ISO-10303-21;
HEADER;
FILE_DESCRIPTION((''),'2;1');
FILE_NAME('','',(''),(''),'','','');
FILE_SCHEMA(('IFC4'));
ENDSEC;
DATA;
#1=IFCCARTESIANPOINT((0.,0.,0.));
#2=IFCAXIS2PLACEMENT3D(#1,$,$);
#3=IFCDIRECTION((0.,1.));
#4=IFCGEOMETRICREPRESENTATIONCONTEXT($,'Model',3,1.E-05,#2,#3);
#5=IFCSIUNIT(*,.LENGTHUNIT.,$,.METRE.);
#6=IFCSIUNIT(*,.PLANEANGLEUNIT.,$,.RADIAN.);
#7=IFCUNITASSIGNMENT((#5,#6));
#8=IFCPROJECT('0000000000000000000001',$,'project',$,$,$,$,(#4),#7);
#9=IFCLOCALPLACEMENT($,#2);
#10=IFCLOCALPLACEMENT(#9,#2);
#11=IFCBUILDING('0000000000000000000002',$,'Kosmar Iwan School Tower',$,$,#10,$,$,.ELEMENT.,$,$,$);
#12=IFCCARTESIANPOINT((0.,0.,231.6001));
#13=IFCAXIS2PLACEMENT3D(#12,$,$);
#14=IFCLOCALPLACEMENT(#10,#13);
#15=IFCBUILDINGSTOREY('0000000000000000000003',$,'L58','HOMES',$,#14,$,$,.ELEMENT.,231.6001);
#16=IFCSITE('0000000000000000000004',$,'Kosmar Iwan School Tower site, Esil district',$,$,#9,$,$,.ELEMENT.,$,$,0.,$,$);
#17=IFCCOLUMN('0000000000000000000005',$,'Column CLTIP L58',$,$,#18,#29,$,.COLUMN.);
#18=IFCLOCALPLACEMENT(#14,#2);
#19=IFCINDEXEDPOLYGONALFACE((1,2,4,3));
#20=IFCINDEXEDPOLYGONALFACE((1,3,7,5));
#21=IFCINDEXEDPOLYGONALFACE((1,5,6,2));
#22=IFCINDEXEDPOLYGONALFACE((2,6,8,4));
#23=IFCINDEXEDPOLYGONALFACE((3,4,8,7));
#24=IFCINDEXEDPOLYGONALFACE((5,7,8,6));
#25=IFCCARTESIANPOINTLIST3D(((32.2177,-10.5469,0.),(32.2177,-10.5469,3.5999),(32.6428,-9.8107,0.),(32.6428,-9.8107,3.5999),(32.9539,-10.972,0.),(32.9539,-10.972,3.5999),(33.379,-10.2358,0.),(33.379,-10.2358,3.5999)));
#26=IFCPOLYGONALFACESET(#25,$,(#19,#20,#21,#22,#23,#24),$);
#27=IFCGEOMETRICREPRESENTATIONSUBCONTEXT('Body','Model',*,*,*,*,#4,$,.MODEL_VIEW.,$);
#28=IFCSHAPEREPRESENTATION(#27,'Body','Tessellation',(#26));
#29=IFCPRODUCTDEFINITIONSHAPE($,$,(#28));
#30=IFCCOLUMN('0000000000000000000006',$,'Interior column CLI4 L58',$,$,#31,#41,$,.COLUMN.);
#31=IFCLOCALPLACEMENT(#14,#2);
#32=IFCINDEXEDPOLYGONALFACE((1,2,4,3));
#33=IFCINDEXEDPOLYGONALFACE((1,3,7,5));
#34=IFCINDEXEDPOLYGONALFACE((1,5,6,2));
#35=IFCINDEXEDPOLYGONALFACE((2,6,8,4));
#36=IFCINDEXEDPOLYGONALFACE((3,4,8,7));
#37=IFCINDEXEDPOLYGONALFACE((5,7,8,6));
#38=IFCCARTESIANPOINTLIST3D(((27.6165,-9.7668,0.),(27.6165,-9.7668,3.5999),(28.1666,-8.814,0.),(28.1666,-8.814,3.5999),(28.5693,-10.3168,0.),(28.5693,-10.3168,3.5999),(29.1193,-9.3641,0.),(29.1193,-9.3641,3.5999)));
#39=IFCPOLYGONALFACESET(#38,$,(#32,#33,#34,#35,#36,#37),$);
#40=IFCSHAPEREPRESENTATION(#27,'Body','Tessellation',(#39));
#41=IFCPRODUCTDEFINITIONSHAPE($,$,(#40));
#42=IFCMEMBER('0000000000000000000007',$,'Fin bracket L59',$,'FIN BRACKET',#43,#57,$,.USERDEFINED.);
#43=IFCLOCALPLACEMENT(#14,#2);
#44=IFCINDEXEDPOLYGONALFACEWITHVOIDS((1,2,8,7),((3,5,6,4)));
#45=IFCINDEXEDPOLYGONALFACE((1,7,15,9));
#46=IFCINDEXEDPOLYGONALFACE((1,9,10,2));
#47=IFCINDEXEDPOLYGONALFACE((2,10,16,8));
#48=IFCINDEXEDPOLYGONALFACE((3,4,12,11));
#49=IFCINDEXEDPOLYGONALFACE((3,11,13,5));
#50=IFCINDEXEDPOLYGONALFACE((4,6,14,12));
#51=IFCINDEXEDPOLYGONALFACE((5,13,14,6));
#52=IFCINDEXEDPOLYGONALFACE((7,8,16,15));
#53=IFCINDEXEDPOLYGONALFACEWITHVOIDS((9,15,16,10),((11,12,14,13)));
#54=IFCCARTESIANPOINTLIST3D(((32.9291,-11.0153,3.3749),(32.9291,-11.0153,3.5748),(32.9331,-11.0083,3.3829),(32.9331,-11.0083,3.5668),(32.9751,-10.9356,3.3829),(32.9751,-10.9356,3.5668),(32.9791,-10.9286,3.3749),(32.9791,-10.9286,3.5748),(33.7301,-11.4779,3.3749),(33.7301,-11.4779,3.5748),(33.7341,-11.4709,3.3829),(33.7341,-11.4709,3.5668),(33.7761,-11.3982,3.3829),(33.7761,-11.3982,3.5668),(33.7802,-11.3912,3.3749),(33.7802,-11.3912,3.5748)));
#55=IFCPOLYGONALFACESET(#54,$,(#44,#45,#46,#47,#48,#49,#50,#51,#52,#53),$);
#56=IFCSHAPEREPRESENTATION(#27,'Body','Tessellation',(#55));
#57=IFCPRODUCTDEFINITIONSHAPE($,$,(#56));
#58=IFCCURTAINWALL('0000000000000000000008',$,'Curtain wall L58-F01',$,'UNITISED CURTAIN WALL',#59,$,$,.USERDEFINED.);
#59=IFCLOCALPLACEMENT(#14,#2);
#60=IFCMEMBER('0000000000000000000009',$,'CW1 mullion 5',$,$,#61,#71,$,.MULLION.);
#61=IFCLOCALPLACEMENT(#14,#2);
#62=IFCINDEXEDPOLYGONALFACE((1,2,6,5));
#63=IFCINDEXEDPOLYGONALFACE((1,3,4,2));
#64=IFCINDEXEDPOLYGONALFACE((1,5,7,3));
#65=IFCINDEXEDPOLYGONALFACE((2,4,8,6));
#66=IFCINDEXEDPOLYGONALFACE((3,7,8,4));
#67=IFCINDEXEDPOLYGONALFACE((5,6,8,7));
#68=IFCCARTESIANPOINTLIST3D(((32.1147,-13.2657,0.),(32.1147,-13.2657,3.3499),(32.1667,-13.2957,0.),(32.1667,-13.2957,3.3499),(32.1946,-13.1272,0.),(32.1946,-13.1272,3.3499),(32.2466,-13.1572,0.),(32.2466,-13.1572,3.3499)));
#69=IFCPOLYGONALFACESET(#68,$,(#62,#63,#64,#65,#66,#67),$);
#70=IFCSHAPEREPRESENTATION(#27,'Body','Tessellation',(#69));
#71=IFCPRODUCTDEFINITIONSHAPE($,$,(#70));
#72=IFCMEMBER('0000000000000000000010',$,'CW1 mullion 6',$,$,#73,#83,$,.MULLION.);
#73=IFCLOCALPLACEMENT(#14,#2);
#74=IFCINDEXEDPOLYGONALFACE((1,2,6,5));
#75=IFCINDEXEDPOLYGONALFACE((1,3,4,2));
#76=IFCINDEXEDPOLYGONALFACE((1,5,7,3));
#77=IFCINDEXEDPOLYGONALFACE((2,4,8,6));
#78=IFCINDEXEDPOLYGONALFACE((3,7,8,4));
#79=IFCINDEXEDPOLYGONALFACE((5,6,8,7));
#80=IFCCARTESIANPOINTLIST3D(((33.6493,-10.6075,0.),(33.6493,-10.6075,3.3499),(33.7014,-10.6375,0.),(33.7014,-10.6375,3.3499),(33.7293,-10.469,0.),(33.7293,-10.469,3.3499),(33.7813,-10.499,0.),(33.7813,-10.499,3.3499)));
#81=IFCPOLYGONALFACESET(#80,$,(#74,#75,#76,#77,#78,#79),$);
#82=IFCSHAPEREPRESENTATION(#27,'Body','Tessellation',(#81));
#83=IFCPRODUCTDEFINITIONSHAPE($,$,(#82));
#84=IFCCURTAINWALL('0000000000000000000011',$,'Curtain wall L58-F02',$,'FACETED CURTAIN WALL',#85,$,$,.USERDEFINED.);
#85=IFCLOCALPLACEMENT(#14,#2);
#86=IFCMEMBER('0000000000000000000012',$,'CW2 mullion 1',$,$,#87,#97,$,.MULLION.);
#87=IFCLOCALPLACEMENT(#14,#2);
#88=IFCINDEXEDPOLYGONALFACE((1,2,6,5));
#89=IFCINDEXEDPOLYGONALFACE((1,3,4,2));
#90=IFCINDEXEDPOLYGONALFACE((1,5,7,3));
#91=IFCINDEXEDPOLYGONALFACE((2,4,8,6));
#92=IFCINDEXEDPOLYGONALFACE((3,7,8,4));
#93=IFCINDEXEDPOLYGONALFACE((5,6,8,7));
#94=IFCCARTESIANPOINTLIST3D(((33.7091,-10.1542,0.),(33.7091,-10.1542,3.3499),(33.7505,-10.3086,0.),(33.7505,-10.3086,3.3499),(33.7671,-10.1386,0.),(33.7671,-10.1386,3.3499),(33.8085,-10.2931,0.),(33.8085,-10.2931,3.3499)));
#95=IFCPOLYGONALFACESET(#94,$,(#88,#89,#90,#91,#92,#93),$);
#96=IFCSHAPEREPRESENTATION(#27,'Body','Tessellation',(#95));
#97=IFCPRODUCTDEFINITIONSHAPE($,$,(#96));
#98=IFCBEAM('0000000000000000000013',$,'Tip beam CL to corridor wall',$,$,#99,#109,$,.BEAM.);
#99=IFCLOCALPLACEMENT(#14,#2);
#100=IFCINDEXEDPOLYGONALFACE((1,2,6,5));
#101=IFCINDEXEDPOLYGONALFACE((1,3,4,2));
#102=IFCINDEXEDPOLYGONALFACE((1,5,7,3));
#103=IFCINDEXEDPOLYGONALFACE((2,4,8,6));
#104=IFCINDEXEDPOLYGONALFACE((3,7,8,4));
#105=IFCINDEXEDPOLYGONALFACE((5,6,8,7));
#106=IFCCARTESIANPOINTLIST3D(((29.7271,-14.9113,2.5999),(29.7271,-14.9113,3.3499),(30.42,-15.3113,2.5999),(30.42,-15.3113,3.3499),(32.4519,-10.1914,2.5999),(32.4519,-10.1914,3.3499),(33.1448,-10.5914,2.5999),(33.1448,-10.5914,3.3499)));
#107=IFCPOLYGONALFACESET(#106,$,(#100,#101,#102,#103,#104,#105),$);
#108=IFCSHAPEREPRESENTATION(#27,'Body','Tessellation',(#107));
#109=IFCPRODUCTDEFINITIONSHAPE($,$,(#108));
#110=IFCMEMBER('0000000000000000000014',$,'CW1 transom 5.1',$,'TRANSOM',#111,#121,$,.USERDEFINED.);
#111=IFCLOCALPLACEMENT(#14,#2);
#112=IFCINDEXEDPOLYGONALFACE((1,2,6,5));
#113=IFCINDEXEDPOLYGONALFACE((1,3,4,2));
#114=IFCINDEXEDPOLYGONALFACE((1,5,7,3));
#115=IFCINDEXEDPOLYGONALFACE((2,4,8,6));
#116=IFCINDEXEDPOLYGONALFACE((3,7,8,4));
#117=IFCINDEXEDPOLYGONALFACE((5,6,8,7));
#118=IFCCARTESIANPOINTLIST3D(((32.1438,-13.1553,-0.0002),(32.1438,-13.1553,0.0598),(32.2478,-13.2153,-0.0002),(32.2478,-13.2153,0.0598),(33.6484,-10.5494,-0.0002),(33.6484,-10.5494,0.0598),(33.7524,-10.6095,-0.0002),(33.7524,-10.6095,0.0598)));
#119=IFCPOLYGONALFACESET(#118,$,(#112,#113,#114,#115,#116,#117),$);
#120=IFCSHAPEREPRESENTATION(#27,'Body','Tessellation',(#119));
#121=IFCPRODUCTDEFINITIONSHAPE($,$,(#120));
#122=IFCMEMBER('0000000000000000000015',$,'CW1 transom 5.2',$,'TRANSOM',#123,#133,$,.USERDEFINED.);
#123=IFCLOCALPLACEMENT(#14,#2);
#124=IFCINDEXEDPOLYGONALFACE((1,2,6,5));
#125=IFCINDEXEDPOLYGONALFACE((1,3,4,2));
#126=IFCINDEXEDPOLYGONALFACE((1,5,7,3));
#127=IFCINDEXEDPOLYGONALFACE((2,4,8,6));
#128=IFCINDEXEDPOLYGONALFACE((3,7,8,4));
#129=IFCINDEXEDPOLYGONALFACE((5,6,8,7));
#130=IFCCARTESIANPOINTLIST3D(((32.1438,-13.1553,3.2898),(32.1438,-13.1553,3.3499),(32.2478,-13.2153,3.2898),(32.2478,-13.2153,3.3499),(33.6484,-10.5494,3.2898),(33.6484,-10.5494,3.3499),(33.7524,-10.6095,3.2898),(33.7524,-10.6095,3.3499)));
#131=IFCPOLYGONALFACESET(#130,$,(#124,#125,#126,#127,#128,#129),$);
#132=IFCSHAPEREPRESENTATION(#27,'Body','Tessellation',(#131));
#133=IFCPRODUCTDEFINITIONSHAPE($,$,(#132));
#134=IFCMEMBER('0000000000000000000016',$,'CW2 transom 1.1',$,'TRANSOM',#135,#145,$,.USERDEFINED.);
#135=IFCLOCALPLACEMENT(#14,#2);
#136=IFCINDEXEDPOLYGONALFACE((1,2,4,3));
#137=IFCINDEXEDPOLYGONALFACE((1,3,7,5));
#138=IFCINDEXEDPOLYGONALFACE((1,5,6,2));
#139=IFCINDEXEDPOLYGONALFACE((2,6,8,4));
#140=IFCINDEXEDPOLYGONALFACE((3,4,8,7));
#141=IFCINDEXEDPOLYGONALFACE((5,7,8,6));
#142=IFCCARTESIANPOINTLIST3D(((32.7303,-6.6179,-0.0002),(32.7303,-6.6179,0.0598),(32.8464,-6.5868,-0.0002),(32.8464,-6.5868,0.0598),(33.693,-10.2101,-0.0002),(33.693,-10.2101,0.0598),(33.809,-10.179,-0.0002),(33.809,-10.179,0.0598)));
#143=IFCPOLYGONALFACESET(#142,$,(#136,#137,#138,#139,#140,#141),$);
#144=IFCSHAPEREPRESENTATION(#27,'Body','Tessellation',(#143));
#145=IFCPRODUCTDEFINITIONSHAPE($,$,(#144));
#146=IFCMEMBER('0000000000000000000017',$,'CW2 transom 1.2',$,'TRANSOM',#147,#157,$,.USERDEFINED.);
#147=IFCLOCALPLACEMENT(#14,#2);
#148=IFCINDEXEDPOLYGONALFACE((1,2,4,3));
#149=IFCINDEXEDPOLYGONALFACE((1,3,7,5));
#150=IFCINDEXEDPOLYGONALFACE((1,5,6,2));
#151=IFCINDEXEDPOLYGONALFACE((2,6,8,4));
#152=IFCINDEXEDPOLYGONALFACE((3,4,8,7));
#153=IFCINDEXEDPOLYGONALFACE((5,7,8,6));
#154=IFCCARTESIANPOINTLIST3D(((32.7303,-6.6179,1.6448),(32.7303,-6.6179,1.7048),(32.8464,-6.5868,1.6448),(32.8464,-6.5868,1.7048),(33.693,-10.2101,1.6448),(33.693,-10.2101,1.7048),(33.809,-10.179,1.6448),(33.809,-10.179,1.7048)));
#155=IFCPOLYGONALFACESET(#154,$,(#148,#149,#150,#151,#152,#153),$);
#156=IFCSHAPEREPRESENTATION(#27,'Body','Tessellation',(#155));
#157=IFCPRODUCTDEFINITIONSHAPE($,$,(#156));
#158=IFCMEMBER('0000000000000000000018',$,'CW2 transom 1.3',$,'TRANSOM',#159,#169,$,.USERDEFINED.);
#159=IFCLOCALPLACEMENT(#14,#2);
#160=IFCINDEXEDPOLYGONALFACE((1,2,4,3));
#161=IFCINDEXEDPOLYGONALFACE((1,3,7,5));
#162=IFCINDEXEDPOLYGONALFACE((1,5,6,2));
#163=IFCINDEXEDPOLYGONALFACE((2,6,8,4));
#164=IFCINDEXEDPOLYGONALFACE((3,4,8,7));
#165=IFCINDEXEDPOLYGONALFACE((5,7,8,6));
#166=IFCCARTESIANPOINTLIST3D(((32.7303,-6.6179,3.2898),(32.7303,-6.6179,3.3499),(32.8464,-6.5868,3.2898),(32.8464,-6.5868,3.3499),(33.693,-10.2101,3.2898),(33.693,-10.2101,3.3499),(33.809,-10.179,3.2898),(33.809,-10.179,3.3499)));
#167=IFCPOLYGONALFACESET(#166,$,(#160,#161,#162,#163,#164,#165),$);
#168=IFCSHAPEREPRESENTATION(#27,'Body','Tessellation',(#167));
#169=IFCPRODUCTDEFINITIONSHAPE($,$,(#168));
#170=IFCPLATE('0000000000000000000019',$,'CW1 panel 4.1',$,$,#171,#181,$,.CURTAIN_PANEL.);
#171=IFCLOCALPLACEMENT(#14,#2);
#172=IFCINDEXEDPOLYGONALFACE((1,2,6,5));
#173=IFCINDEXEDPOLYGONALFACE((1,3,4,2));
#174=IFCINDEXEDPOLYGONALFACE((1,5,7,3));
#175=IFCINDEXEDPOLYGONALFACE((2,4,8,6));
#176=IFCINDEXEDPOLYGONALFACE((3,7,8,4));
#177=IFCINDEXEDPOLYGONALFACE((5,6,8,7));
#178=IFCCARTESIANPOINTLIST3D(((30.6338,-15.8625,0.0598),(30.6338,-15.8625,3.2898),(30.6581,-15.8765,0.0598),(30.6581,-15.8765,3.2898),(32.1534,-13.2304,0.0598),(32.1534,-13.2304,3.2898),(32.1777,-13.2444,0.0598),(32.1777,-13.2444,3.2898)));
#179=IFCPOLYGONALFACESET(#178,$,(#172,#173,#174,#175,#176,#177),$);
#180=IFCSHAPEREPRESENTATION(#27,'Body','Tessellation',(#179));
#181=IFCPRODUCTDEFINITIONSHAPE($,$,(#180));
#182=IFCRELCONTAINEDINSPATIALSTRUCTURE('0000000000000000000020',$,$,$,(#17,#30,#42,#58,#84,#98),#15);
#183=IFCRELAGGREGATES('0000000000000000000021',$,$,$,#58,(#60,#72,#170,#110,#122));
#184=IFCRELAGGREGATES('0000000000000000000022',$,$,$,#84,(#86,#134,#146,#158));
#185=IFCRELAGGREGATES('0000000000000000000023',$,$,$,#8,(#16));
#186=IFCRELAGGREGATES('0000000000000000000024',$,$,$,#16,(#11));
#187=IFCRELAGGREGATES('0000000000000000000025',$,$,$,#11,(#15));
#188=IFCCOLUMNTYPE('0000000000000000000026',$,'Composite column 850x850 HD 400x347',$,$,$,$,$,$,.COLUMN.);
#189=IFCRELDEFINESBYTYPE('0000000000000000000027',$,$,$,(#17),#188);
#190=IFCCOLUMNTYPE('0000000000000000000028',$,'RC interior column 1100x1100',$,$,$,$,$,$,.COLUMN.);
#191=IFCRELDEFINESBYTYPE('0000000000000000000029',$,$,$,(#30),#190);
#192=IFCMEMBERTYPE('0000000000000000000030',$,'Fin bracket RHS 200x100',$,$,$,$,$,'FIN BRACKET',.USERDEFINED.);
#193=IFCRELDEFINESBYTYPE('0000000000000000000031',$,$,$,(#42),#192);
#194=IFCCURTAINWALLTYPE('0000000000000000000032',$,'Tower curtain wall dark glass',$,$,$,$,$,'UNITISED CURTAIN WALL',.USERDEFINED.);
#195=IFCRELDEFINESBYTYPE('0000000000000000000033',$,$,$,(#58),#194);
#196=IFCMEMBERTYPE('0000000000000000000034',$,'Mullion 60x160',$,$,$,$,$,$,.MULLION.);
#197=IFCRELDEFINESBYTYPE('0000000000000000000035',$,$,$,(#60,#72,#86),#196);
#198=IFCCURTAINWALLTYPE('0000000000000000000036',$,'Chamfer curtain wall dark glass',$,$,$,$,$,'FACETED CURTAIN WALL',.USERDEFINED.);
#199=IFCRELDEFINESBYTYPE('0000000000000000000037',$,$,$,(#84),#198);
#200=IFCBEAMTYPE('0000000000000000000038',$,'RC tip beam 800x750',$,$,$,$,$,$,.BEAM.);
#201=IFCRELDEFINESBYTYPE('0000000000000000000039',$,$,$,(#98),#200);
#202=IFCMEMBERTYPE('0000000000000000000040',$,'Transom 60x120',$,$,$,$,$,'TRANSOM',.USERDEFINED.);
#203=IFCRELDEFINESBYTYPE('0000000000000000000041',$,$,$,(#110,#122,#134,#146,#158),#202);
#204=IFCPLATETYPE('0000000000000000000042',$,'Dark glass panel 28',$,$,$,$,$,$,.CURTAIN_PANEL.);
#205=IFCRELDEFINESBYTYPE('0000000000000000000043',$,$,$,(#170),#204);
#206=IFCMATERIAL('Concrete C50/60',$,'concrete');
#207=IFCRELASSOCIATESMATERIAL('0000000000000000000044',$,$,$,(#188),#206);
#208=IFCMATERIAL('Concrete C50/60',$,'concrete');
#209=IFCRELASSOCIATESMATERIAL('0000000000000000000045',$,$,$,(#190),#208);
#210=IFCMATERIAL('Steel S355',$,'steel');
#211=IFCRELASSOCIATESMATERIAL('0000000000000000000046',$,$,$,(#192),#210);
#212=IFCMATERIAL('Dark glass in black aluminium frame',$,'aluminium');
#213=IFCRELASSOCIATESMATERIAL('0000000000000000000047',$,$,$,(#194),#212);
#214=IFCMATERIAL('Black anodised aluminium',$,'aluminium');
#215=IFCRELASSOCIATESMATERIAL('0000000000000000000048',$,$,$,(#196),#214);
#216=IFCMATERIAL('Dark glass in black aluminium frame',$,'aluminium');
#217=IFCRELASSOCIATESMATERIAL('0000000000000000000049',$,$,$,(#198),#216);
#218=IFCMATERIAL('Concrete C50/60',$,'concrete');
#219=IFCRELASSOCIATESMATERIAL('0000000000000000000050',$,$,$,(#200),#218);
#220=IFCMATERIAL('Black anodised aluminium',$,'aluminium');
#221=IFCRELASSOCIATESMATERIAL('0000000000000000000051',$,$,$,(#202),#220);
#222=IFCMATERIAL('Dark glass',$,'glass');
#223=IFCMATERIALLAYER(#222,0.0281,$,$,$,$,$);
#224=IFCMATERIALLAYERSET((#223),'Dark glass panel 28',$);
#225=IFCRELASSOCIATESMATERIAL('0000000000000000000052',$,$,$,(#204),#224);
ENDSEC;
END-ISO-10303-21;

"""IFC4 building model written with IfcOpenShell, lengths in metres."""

from ifc_helpers import new_model, si_unit, direction, frame, origin, origin_2d, place, context, subcontext, project, spatial, rectangle, hollow_rectangle, extrude, material, layer, layer_set, material_profile, profile_set, type_object, element, aggregate, save


model = new_model("IFC4")

# Units and contexts
model_context = context("Model", 3, precision=1e-05, world=origin(), true_north=direction((0.0, 1.0)))
body_context = subcontext(model_context, "Body", "Model", "MODEL_VIEW")
ifc_project = project(units=[si_unit("LENGTHUNIT", "METRE"), si_unit("PLANEANGLEUNIT", "RADIAN")], contexts=[model_context])

# Site, building, storey
site_placement = place(None, origin())
site = spatial("IfcSite", under=ifc_project, at=site_placement, Name="Kosmar Iwan School Tower site, Esil district", CompositionType="ELEMENT", RefElevation=0.0)
building_placement = place(site_placement, origin())
building = spatial("IfcBuilding", under=site, at=building_placement, Name="Kosmar Iwan School Tower", CompositionType="ELEMENT")
storey_placement = place(building_placement, frame((0.0, 0.0, 231.6001)))
storey = spatial("IfcBuildingStorey", under=building, at=storey_placement, Name="L58", Description="HOMES", CompositionType="ELEMENT", Elevation=231.6001)

# Columns
ifc_material_1 = material(Name="Concrete C50/60", Category="concrete")
ifc_material_profile_1 = material_profile(ifc_material_1, rectangle(XDim=0.8501, YDim=0.8501, at=origin_2d()), Name="RC 850x850 + HD 400x347")
ifc_profile_set_1 = profile_set([ifc_material_profile_1], Name="Concrete C50/60")
column_type_1 = type_object("IfcColumnType", Name="Composite column 850x850 HD 400x347", PredefinedType="COLUMN", material=ifc_profile_set_1)
column_1_placement = place(storey_placement, frame((32.7983, -10.3914, 0.0), z_axis=(0.0, 0.0, 1.0), x_axis=(0.866025, -0.5, 0.0)))
element("IfcColumn", 1, at=column_1_placement, inside=storey, type_object=column_type_1, Name="Column CLTIP L58", PredefinedType="COLUMN", context=body_context, shape_type="SweptSolid", body=[
    extrude(rectangle(XDim=0.8501, YDim=0.8501, at=origin_2d()), origin(), (0.0, 0.0, 1.0), 3.5999),
])
ifc_material_2 = material(Name="Concrete C50/60", Category="concrete")
ifc_material_profile_2 = material_profile(ifc_material_2, rectangle(XDim=1.1001, YDim=1.1001, at=origin_2d()), Name="RC 1100x1100")
ifc_profile_set_2 = profile_set([ifc_material_profile_2], Name="Concrete C50/60")
column_type_2 = type_object("IfcColumnType", Name="RC interior column 1100x1100", PredefinedType="COLUMN", material=ifc_profile_set_2)
column_2_placement = place(storey_placement, frame((28.3679, -9.5654, 0.0), z_axis=(0.0, 0.0, 1.0), x_axis=(0.866025, -0.5, 0.0)))
element("IfcColumn", 2, at=column_2_placement, inside=storey, type_object=column_type_2, Name="Interior column CLI4 L58", PredefinedType="COLUMN", context=body_context, shape_type="SweptSolid", body=[
    extrude(rectangle(XDim=1.1001, YDim=1.1001, at=origin_2d()), origin(), (0.0, 0.0, 1.0), 3.5999),
])

# Member
ifc_material_3 = material(Name="Steel S355", Category="steel")
ifc_material_profile_3 = material_profile(ifc_material_3, hollow_rectangle(XDim=0.1001, YDim=0.2, WallThickness=0.0081, at=origin_2d()), Name="RHS 200x100x8")
ifc_profile_set_3 = profile_set([ifc_material_profile_3], Name="Steel S355")
member_type_1 = type_object("IfcMemberType", Name="Fin bracket RHS 200x100", ElementType="FIN BRACKET", PredefinedType="USERDEFINED", material=ifc_profile_set_3)
member_1_placement = place(storey_placement, frame((32.9541, -10.9719, 3.4749), z_axis=(0.865944, -0.500141, 0.0), x_axis=(0.500141, 0.865944, 0.0)))
element("IfcMember", 3, at=member_1_placement, inside=storey, type_object=member_type_1, Name="Fin bracket L59", ObjectType="FIN BRACKET", PredefinedType="USERDEFINED", context=body_context, shape_type="SweptSolid", body=[
    extrude(hollow_rectangle(XDim=0.1001, YDim=0.2, WallThickness=0.0081, at=origin_2d()), origin(), (0.0, 0.0, 1.0), 0.925),
])

# Curtain wall, members
ifc_material_4 = material(Name="Dark glass in black aluminium frame", Category="aluminium")
curtain_wall_type_1 = type_object("IfcCurtainWallType", Name="Tower curtain wall dark glass", ElementType="UNITISED CURTAIN WALL", PredefinedType="USERDEFINED", material=ifc_material_4)
curtain_wall_1_placement = place(storey_placement, origin())
curtain_wall_1 = element("IfcCurtainWall", 4, at=curtain_wall_1_placement, inside=storey, type_object=curtain_wall_type_1, Name="Curtain wall L58-F01", ObjectType="UNITISED CURTAIN WALL", PredefinedType="USERDEFINED")
ifc_material_5 = material(Name="Black anodised aluminium", Category="aluminium")
ifc_material_profile_4 = material_profile(ifc_material_5, rectangle(XDim=0.0601, YDim=0.1599, at=origin_2d()), Name="MULLION 60x160")
ifc_profile_set_4 = profile_set([ifc_material_profile_4], Name="Black anodised aluminium")
member_type_2 = type_object("IfcMemberType", Name="Mullion 60x160", PredefinedType="MULLION", material=ifc_profile_set_4)
member_2_placement = place(storey_placement, frame((32.1807, -13.2114, 0.0), z_axis=(0.0, 0.0, 1.0), x_axis=(-0.866025, 0.5, 0.0)))
member_2 = element("IfcMember", 5, at=member_2_placement, type_object=member_type_2, Name="CW1 mullion 5", PredefinedType="MULLION", context=body_context, shape_type="SweptSolid", body=[
    extrude(rectangle(XDim=0.0601, YDim=0.1599, at=origin_2d()), origin(), (0.0, 0.0, 1.0), 3.3499),
])
member_3_placement = place(storey_placement, frame((33.7153, -10.5532, 0.0), z_axis=(0.0, 0.0, 1.0), x_axis=(-0.866025, 0.5, 0.0)))
member_3 = element("IfcMember", 6, at=member_3_placement, type_object=member_type_2, Name="CW1 mullion 6", PredefinedType="MULLION", context=body_context, shape_type="SweptSolid", body=[
    extrude(rectangle(XDim=0.0601, YDim=0.1599, at=origin_2d()), origin(), (0.0, 0.0, 1.0), 3.3499),
])

# Curtain wall, member
ifc_material_6 = material(Name="Dark glass in black aluminium frame", Category="aluminium")
curtain_wall_type_2 = type_object("IfcCurtainWallType", Name="Chamfer curtain wall dark glass", ElementType="FACETED CURTAIN WALL", PredefinedType="USERDEFINED", material=ifc_material_6)
curtain_wall_2_placement = place(storey_placement, origin())
curtain_wall_2 = element("IfcCurtainWall", 7, at=curtain_wall_2_placement, inside=storey, type_object=curtain_wall_type_2, Name="Curtain wall L58-F02", ObjectType="FACETED CURTAIN WALL", PredefinedType="USERDEFINED")
member_4_placement = place(storey_placement, frame((33.7588, -10.2236, 0.0), z_axis=(0.0, 0.0, 1.0), x_axis=(-0.965926, -0.258819, 0.0)))
member_4 = element("IfcMember", 8, at=member_4_placement, type_object=member_type_2, Name="CW2 mullion 1", PredefinedType="MULLION", context=body_context, shape_type="SweptSolid", body=[
    extrude(rectangle(XDim=0.0601, YDim=0.1599, at=origin_2d()), origin(), (0.0, 0.0, 1.0), 3.3499),
])

# Beam
ifc_material_7 = material(Name="Concrete C50/60", Category="concrete")
ifc_material_profile_5 = material_profile(ifc_material_7, rectangle(XDim=0.8, YDim=0.75, at=origin_2d()), Name="RC 800x750")
ifc_profile_set_5 = profile_set([ifc_material_profile_5], Name="Concrete C50/60")
beam_type = type_object("IfcBeamType", Name="RC tip beam 800x750", PredefinedType="BEAM", material=ifc_profile_set_5)
beam_placement = place(storey_placement, frame((32.7983, -10.3914, 2.9749), z_axis=(-0.499969, -0.866043, 0.0), x_axis=(0.866043, -0.499969, 0.0)))
element("IfcBeam", 9, at=beam_placement, inside=storey, type_object=beam_type, Name="Tip beam CL to corridor wall", PredefinedType="BEAM", context=body_context, shape_type="SweptSolid", body=[
    extrude(rectangle(XDim=0.8, YDim=0.75, at=origin_2d()), origin(), (0.0, 0.0, 1.0), 5.45),
])

# Members
ifc_material_8 = material(Name="Black anodised aluminium", Category="aluminium")
ifc_material_profile_6 = material_profile(ifc_material_8, rectangle(XDim=0.1201, YDim=0.0601, at=origin_2d()), Name="TRANSOM 60x120")
ifc_profile_set_6 = profile_set([ifc_material_profile_6], Name="Black anodised aluminium")
member_type_3 = type_object("IfcMemberType", Name="Transom 60x120", ElementType="TRANSOM", PredefinedType="USERDEFINED", material=ifc_profile_set_6)
member_5_placement = place(storey_placement, frame((32.1958, -13.1853, 0.0298), z_axis=(0.500022, 0.866013, 0.0), x_axis=(-0.866013, 0.500022, 0.0)))
member_5 = element("IfcMember", 10, at=member_5_placement, type_object=member_type_3, Name="CW1 transom 5.1", ObjectType="TRANSOM", PredefinedType="USERDEFINED", context=body_context, shape_type="SweptSolid", body=[
    extrude(rectangle(XDim=0.1201, YDim=0.0601, at=origin_2d()), origin(), (0.0, 0.0, 1.0), 3.009),
])
member_6_placement = place(storey_placement, frame((32.1958, -13.1853, 3.3198), z_axis=(0.500022, 0.866013, 0.0), x_axis=(-0.866013, 0.500022, 0.0)))
member_6 = element("IfcMember", 11, at=member_6_placement, type_object=member_type_3, Name="CW1 transom 5.2", ObjectType="TRANSOM", PredefinedType="USERDEFINED", context=body_context, shape_type="SweptSolid", body=[
    extrude(rectangle(XDim=0.1201, YDim=0.0601, at=origin_2d()), origin(), (0.0, 0.0, 1.0), 3.009),
])
member_7_placement = place(storey_placement, frame((33.751, -10.1946, 0.0298), z_axis=(-0.258843, 0.965919, 0.0), x_axis=(-0.965919, -0.258843, 0.0)))
member_7 = element("IfcMember", 12, at=member_7_placement, type_object=member_type_3, Name="CW2 transom 1.1", ObjectType="TRANSOM", PredefinedType="USERDEFINED", context=body_context, shape_type="SweptSolid", body=[
    extrude(rectangle(XDim=0.1201, YDim=0.0601, at=origin_2d()), origin(), (0.0, 0.0, 1.0), 3.719),
])
member_8_placement = place(storey_placement, frame((33.751, -10.1946, 1.6748), z_axis=(-0.258843, 0.965919, 0.0), x_axis=(-0.965919, -0.258843, 0.0)))
member_8 = element("IfcMember", 13, at=member_8_placement, type_object=member_type_3, Name="CW2 transom 1.2", ObjectType="TRANSOM", PredefinedType="USERDEFINED", context=body_context, shape_type="SweptSolid", body=[
    extrude(rectangle(XDim=0.1201, YDim=0.0601, at=origin_2d()), origin(), (0.0, 0.0, 1.0), 3.719),
])
member_9_placement = place(storey_placement, frame((33.751, -10.1946, 3.3198), z_axis=(-0.258843, 0.965919, 0.0), x_axis=(-0.965919, -0.258843, 0.0)))
member_9 = element("IfcMember", 14, at=member_9_placement, type_object=member_type_3, Name="CW2 transom 1.3", ObjectType="TRANSOM", PredefinedType="USERDEFINED", context=body_context, shape_type="SweptSolid", body=[
    extrude(rectangle(XDim=0.1201, YDim=0.0601, at=origin_2d()), origin(), (0.0, 0.0, 1.0), 3.719),
])

# Plate
ifc_material_9 = material(Name="Dark glass", Category="glass")
ifc_layer_1 = layer(ifc_material_9, 0.0281)
ifc_layer_set_1 = layer_set([ifc_layer_1], Name="Dark glass panel 28")
plate_type = type_object("IfcPlateType", Name="Dark glass panel 28", PredefinedType="CURTAIN_PANEL", material=ifc_layer_set_1)
plate_1_placement = place(storey_placement, frame((31.4058, -14.5535, 0.0598), z_axis=(0.0, 0.0, 1.0), x_axis=(0.5, 0.866025, 0.0)))
plate_1 = element("IfcPlate", 15, at=plate_1_placement, type_object=plate_type, Name="CW1 panel 4.1", PredefinedType="CURTAIN_PANEL", context=body_context, shape_type="SweptSolid", body=[
    extrude(rectangle(XDim=3.0393, YDim=0.0281, at=origin_2d()), origin(), (0.0, 0.0, 1.0), 3.23),
])
aggregate(curtain_wall_1, [member_2, member_3, plate_1, member_5, member_6])
aggregate(curtain_wall_2, [member_4, member_7, member_8, member_9])

save(model, "model.ifc")
